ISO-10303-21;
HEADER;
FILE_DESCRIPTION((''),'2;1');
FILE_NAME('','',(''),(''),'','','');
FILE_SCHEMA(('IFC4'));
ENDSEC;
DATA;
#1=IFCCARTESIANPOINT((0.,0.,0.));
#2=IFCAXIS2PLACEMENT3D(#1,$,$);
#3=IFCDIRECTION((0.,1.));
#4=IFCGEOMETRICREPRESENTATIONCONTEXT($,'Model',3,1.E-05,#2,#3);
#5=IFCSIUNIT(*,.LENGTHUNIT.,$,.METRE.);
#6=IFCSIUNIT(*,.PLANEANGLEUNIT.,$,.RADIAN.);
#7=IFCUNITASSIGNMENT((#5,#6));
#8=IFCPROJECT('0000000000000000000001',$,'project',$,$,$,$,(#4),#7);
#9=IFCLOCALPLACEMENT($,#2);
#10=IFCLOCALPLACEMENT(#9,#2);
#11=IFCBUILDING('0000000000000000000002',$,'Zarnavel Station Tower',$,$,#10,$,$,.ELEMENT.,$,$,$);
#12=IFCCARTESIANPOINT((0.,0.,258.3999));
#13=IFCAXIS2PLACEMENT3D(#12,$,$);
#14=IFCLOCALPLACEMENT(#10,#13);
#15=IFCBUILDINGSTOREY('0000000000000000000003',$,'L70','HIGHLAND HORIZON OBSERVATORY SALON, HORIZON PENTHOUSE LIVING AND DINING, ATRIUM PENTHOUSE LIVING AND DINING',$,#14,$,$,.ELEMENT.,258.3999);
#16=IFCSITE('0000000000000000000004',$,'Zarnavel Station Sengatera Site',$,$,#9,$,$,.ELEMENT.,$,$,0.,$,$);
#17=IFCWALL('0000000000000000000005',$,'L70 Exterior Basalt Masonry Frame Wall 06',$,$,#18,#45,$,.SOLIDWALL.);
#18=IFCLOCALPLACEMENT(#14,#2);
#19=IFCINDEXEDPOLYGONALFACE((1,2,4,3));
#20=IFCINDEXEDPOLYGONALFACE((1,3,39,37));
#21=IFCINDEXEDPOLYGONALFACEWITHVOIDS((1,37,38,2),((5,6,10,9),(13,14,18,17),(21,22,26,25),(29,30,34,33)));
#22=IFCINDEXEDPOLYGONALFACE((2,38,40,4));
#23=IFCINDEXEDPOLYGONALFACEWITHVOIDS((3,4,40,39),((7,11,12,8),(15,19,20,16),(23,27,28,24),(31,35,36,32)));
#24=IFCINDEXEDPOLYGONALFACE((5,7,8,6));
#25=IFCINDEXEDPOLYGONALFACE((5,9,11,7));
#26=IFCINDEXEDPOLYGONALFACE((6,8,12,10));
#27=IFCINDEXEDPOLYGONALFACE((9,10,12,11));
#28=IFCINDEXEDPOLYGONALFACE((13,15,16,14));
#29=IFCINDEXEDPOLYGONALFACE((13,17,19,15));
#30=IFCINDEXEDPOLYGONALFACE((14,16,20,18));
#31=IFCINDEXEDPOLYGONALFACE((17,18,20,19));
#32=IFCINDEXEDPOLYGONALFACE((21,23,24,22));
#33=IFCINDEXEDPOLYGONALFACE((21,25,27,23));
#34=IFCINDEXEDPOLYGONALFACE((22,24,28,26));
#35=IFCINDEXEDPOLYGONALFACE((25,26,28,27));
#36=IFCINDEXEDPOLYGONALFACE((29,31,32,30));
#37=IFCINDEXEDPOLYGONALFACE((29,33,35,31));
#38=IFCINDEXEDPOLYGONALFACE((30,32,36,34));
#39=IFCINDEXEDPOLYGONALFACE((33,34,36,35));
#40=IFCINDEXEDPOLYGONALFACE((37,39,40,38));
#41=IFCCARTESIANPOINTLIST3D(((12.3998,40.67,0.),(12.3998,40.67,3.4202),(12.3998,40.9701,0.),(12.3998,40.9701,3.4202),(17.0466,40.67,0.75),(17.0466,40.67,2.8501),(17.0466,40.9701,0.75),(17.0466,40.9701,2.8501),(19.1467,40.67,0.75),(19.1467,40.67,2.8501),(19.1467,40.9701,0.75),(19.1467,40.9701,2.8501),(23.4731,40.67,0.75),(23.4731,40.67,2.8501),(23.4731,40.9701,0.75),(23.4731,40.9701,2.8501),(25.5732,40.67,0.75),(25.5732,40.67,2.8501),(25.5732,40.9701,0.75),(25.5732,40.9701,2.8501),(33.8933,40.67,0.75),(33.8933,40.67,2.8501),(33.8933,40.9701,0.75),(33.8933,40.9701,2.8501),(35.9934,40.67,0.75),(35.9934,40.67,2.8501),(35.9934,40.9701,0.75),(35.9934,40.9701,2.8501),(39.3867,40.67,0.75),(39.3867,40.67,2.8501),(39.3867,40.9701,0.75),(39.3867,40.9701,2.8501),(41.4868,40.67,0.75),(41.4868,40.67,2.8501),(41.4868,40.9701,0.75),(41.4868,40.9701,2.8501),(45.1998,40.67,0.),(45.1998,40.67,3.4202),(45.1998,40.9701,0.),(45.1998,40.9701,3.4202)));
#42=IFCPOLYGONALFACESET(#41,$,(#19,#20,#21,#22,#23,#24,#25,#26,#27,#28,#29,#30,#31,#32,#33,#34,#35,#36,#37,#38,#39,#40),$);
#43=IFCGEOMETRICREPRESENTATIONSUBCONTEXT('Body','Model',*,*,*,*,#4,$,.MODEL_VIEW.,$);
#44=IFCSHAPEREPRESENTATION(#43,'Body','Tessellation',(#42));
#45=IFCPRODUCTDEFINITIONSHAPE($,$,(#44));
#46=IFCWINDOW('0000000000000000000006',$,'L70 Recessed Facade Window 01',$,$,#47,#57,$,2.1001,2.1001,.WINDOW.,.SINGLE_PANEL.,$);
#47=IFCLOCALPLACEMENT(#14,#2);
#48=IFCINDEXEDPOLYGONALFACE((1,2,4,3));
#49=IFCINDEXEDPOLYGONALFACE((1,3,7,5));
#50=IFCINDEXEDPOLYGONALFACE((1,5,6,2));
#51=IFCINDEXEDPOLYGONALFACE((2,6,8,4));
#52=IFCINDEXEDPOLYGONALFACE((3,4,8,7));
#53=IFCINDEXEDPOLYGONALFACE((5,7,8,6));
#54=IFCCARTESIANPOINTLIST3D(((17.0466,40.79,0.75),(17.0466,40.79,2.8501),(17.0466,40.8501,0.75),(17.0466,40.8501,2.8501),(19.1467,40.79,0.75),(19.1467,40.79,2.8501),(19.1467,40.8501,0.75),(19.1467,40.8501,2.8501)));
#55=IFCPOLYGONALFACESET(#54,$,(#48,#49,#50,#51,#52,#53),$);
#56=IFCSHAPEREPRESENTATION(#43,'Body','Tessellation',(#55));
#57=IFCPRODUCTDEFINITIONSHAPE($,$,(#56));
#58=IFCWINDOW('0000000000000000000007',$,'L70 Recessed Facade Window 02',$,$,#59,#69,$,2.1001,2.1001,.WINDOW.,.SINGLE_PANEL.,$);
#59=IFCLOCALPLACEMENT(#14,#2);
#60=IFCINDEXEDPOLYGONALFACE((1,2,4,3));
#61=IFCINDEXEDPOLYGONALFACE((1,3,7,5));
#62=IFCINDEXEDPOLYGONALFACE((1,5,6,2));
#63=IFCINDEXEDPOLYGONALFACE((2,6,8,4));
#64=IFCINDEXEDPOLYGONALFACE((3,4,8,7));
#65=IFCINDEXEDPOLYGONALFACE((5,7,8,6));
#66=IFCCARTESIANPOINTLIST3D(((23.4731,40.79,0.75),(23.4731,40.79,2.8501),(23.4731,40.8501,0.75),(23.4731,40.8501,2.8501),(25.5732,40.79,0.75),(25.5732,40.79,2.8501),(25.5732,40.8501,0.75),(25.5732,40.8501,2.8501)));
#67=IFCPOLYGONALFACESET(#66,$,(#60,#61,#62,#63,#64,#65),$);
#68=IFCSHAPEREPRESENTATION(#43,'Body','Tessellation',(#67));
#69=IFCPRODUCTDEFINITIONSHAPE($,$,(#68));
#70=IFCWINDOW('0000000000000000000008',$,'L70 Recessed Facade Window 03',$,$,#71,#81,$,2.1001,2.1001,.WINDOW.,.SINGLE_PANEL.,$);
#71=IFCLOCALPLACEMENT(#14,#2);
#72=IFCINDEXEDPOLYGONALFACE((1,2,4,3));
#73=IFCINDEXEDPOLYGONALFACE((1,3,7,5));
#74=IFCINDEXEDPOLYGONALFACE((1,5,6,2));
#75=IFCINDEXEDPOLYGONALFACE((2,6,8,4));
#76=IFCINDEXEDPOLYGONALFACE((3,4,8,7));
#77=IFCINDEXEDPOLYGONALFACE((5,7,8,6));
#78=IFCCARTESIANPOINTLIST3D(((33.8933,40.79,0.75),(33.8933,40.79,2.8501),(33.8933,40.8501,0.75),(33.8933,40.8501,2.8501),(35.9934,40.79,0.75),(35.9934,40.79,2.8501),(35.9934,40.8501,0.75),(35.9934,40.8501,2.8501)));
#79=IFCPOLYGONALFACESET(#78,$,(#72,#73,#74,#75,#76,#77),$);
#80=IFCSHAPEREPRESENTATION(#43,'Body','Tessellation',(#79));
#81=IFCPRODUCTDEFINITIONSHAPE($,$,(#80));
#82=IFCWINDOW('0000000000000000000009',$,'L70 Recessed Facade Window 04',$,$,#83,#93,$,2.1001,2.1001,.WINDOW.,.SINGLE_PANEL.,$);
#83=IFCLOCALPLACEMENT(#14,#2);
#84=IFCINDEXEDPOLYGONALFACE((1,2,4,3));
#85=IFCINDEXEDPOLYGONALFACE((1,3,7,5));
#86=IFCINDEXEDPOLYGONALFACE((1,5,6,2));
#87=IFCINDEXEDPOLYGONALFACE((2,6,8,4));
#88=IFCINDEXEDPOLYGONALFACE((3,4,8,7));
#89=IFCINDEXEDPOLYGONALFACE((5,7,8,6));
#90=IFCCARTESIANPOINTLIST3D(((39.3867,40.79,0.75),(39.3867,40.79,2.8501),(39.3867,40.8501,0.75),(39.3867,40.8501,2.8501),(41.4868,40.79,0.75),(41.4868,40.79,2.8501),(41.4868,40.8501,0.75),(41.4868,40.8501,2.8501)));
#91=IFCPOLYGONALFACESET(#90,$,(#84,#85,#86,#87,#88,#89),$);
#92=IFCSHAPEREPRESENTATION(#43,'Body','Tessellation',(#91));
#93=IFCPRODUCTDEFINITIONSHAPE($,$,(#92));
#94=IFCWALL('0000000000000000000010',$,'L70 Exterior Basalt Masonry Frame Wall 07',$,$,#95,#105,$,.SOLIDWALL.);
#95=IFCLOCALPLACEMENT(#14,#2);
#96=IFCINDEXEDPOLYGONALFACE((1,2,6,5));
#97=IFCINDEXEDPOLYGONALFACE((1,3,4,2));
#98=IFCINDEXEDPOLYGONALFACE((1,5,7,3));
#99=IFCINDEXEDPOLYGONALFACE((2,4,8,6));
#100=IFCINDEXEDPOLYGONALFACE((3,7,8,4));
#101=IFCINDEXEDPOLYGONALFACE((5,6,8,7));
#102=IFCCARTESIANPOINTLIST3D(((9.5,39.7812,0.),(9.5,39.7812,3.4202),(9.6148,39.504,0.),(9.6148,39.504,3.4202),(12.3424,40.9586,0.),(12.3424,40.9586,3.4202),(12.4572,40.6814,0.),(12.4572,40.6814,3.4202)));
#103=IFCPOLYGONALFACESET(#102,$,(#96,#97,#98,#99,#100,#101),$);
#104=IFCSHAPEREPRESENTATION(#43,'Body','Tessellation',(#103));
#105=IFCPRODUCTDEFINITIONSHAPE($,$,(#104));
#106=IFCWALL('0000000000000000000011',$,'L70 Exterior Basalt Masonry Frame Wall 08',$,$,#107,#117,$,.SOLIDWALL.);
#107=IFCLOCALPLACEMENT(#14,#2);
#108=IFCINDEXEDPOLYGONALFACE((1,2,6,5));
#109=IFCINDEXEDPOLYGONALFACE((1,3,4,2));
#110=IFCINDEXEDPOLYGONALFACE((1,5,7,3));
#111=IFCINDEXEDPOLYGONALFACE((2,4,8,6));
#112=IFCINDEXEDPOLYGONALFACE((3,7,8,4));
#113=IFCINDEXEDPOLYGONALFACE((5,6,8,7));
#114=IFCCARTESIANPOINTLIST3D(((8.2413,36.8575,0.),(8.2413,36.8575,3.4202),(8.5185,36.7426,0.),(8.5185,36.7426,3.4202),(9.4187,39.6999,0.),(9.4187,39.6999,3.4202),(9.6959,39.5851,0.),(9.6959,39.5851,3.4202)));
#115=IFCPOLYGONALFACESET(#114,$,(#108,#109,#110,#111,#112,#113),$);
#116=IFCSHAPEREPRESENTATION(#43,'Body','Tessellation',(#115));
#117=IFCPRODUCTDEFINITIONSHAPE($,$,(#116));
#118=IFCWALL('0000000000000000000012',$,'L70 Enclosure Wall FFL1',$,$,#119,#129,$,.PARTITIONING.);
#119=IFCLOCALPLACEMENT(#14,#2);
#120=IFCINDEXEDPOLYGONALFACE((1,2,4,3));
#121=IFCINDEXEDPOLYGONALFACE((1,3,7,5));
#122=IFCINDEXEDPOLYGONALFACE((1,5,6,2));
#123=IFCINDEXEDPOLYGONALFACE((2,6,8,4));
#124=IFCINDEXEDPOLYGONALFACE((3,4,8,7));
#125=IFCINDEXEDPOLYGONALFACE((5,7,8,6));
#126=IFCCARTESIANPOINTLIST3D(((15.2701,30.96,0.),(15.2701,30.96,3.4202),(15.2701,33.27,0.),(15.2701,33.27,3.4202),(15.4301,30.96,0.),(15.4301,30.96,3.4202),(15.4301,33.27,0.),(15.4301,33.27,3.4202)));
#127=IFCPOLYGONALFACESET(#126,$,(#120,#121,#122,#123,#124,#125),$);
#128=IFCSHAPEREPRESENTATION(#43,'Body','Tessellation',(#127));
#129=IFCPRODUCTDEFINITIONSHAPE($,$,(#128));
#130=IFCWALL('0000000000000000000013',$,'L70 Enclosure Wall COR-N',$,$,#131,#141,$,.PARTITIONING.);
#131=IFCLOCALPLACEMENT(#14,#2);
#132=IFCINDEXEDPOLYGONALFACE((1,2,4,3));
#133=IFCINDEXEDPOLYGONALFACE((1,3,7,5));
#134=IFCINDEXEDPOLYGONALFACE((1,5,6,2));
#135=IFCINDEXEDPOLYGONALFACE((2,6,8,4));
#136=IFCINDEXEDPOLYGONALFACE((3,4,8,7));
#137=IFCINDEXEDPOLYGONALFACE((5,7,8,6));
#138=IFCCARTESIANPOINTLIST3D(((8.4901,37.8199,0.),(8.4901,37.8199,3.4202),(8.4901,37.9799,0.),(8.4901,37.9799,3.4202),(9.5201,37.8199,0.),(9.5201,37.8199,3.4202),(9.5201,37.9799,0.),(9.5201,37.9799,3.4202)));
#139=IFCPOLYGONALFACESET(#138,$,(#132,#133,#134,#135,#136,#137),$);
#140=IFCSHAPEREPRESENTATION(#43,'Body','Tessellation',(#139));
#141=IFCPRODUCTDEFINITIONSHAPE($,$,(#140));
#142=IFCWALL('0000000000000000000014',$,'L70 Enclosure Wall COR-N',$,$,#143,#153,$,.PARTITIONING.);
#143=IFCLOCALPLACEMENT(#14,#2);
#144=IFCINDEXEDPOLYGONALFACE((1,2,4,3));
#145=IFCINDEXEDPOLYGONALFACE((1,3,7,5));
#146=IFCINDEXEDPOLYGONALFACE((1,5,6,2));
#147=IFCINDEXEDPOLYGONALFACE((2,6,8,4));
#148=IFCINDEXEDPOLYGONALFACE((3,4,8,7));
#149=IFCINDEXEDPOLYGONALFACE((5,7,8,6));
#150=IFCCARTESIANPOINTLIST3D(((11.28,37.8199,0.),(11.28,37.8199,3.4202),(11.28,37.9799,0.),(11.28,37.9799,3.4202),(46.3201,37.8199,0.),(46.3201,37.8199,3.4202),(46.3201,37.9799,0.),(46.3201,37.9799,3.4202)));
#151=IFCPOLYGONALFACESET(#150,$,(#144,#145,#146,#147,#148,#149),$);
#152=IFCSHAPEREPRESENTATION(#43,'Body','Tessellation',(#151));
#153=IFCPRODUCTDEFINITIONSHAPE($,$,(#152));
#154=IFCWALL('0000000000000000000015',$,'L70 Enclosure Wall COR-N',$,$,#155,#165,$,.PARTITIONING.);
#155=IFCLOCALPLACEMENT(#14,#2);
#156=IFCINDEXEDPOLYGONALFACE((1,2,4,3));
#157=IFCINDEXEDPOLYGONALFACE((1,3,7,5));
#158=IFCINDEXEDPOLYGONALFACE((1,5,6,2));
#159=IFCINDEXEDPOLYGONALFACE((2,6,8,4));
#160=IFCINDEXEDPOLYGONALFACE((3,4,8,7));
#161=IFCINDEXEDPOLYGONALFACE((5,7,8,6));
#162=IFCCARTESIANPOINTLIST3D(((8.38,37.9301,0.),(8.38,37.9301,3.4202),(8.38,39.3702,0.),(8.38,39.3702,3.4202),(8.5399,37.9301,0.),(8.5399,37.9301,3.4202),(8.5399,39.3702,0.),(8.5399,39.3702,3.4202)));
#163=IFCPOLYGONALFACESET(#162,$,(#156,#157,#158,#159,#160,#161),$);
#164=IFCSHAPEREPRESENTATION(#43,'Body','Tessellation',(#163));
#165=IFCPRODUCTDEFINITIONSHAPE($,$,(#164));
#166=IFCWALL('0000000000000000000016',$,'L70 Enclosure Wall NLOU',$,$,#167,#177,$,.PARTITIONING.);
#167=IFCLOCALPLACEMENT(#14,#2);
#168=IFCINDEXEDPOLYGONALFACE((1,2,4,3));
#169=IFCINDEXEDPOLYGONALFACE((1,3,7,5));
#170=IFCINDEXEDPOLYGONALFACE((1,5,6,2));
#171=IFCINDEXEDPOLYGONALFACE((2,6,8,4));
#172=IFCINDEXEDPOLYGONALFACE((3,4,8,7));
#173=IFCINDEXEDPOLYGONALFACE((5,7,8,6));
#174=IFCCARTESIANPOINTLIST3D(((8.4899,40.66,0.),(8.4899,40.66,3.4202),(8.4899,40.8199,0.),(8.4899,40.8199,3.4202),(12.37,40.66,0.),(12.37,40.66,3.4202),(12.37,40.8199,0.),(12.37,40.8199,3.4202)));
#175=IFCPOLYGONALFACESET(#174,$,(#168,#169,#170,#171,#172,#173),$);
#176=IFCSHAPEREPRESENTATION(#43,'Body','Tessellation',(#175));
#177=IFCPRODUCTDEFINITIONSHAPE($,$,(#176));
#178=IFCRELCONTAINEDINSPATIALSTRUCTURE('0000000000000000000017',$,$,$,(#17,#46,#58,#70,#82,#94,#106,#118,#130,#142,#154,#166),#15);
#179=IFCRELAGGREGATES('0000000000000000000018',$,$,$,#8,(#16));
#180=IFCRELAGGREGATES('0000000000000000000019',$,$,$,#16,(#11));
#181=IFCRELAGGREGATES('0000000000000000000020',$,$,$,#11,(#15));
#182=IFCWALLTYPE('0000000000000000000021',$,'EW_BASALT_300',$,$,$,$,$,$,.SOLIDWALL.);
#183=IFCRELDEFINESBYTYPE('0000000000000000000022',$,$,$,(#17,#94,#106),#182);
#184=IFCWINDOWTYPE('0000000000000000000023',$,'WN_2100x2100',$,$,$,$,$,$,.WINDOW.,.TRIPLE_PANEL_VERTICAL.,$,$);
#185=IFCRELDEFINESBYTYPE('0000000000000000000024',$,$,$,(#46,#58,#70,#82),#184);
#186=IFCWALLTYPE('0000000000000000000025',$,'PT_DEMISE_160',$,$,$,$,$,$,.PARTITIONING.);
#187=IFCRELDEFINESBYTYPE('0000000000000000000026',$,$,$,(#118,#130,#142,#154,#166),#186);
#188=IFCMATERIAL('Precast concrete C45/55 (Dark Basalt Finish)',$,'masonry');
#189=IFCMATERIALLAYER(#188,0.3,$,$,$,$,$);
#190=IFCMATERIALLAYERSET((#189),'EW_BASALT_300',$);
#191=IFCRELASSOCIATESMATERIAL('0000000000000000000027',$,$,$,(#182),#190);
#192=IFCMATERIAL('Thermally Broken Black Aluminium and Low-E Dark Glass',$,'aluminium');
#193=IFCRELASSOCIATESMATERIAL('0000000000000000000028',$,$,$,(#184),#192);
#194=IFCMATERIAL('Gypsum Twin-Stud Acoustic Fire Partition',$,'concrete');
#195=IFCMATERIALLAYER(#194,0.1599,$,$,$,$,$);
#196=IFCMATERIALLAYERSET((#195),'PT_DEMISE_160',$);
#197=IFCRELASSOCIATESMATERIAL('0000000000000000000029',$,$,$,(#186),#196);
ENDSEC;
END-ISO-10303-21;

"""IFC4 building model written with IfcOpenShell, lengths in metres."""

from ifc_helpers import new_model, si_unit, direction, frame, frame_2d, origin, place, context, subcontext, project, spatial, rectangle, extrude, material, layer, layer_set, type_object, element, fill, save


model = new_model("IFC4")

# Units and contexts
model_context = context("Model", 3, precision=1e-05, world=origin(), true_north=direction((0.0, 1.0)))
body_context = subcontext(model_context, "Body", "Model", "MODEL_VIEW")
ifc_project = project(units=[si_unit("LENGTHUNIT", "METRE"), si_unit("PLANEANGLEUNIT", "RADIAN")], contexts=[model_context])

# Site, building, storey
site_placement = place(None, origin())
site = spatial("IfcSite", under=ifc_project, at=site_placement, Name="Zarnavel Station Sengatera Site", CompositionType="ELEMENT", RefElevation=0.0)
building_placement = place(site_placement, origin())
building = spatial("IfcBuilding", under=site, at=building_placement, Name="Zarnavel Station Tower", CompositionType="ELEMENT")
storey_placement = place(building_placement, frame((0.0, 0.0, 258.3999)))
storey = spatial("IfcBuildingStorey", under=building, at=storey_placement, Name="L70", Description="HIGHLAND HORIZON OBSERVATORY SALON, HORIZON PENTHOUSE LIVING AND DINING, ATRIUM PENTHOUSE LIVING AND DINING", CompositionType="ELEMENT", Elevation=258.3999)

# Wall, openings, windows
ifc_material_1 = material(Name="Precast concrete C45/55 (Dark Basalt Finish)", Category="masonry")
ifc_layer_1 = layer(ifc_material_1, 0.3)
ifc_layer_set_1 = layer_set([ifc_layer_1], Name="EW_BASALT_300")
wall_type_1 = type_object("IfcWallType", Name="EW_BASALT_300", PredefinedType="SOLIDWALL", material=ifc_layer_set_1)
wall_1_placement = place(storey_placement, frame((12.3999, 40.8201, 0.0), z_axis=(0.0, 0.0, 1.0), x_axis=(1.0, 0.0, 0.0)))
wall_1 = element("IfcWall", 1, at=wall_1_placement, inside=storey, type_object=wall_type_1, Name="L70 Exterior Basalt Masonry Frame Wall 06", PredefinedType="SOLIDWALL", context=body_context, shape_type="SweptSolid", body=[
    extrude(rectangle(XDim=32.8, YDim=0.3, at=frame_2d((16.3999, 0.0))), origin(), (0.0, 0.0, 1.0), 3.4202),
])
opening_1_placement = place(wall_1_placement, frame((4.6467, 0.0, 0.75)))
opening_1 = element("IfcOpeningElement", 2, at=opening_1_placement, cuts=wall_1, PredefinedType="OPENING", context=body_context, shape_type="SweptSolid", body=[
    extrude(rectangle(XDim=2.1001, YDim=2.1001, at=frame_2d((1.05, 1.05))), frame((0.0, 0.1599, 0.0), z_axis=(0.0, -1.0, 0.0), x_axis=(1.0, 0.0, 0.0)), (0.0, 0.0, 1.0), 0.3201),
])
opening_2_placement = place(wall_1_placement, frame((11.0732, 0.0, 0.75)))
opening_2 = element("IfcOpeningElement", 3, at=opening_2_placement, cuts=wall_1, PredefinedType="OPENING", context=body_context, shape_type="SweptSolid", body=[
    extrude(rectangle(XDim=2.1001, YDim=2.1001, at=frame_2d((1.05, 1.05))), frame((0.0, 0.1599, 0.0), z_axis=(0.0, -1.0, 0.0), x_axis=(1.0, 0.0, 0.0)), (0.0, 0.0, 1.0), 0.3201),
])
opening_3_placement = place(wall_1_placement, frame((21.4934, 0.0, 0.75)))
opening_3 = element("IfcOpeningElement", 4, at=opening_3_placement, cuts=wall_1, PredefinedType="OPENING", context=body_context, shape_type="SweptSolid", body=[
    extrude(rectangle(XDim=2.1001, YDim=2.1001, at=frame_2d((1.05, 1.05))), frame((0.0, 0.1599, 0.0), z_axis=(0.0, -1.0, 0.0), x_axis=(1.0, 0.0, 0.0)), (0.0, 0.0, 1.0), 0.3201),
])
opening_4_placement = place(wall_1_placement, frame((26.9868, 0.0, 0.75)))
opening_4 = element("IfcOpeningElement", 5, at=opening_4_placement, cuts=wall_1, PredefinedType="OPENING", context=body_context, shape_type="SweptSolid", body=[
    extrude(rectangle(XDim=2.1001, YDim=2.1001, at=frame_2d((1.05, 1.05))), frame((0.0, 0.1599, 0.0), z_axis=(0.0, -1.0, 0.0), x_axis=(1.0, 0.0, 0.0)), (0.0, 0.0, 1.0), 0.3201),
])
ifc_material_2 = material(Name="Thermally Broken Black Aluminium and Low-E Dark Glass", Category="aluminium")
window_type = type_object("IfcWindowType", Name="WN_2100x2100", PartitioningType="TRIPLE_PANEL_VERTICAL", PredefinedType="WINDOW", material=ifc_material_2)
window_1_placement = place(opening_1_placement, origin())
window_1 = element("IfcWindow", 6, at=window_1_placement, inside=storey, type_object=window_type, Name="L70 Recessed Facade Window 01", OverallHeight=2.1001, OverallWidth=2.1001, PartitioningType="SINGLE_PANEL", PredefinedType="WINDOW", context=body_context, shape_type="SweptSolid", body=[
    extrude(rectangle(XDim=2.1001, YDim=2.1001, at=frame_2d((1.05, 1.05))), frame((0.0, 0.03, 0.0), z_axis=(0.0, -1.0, 0.0), x_axis=(1.0, 0.0, 0.0)), (0.0, 0.0, 1.0), 0.0601),
])
fill(opening_1, window_1)
window_2_placement = place(opening_2_placement, origin())
window_2 = element("IfcWindow", 7, at=window_2_placement, inside=storey, type_object=window_type, Name="L70 Recessed Facade Window 02", OverallHeight=2.1001, OverallWidth=2.1001, PartitioningType="SINGLE_PANEL", PredefinedType="WINDOW", context=body_context, shape_type="SweptSolid", body=[
    extrude(rectangle(XDim=2.1001, YDim=2.1001, at=frame_2d((1.05, 1.05))), frame((0.0, 0.03, 0.0), z_axis=(0.0, -1.0, 0.0), x_axis=(1.0, 0.0, 0.0)), (0.0, 0.0, 1.0), 0.0601),
])
fill(opening_2, window_2)
window_3_placement = place(opening_3_placement, origin())
window_3 = element("IfcWindow", 8, at=window_3_placement, inside=storey, type_object=window_type, Name="L70 Recessed Facade Window 03", OverallHeight=2.1001, OverallWidth=2.1001, PartitioningType="SINGLE_PANEL", PredefinedType="WINDOW", context=body_context, shape_type="SweptSolid", body=[
    extrude(rectangle(XDim=2.1001, YDim=2.1001, at=frame_2d((1.05, 1.05))), frame((0.0, 0.03, 0.0), z_axis=(0.0, -1.0, 0.0), x_axis=(1.0, 0.0, 0.0)), (0.0, 0.0, 1.0), 0.0601),
])
fill(opening_3, window_3)
window_4_placement = place(opening_4_placement, origin())
window_4 = element("IfcWindow", 9, at=window_4_placement, inside=storey, type_object=window_type, Name="L70 Recessed Facade Window 04", OverallHeight=2.1001, OverallWidth=2.1001, PartitioningType="SINGLE_PANEL", PredefinedType="WINDOW", context=body_context, shape_type="SweptSolid", body=[
    extrude(rectangle(XDim=2.1001, YDim=2.1001, at=frame_2d((1.05, 1.05))), frame((0.0, 0.03, 0.0), z_axis=(0.0, -1.0, 0.0), x_axis=(1.0, 0.0, 0.0)), (0.0, 0.0, 1.0), 0.0601),
])
fill(opening_4, window_4)

# Walls
for number, where, z_axis, x_axis, name in (
    (10, (9.5574, 39.6426, 0.0), (0.0, 0.0, 1.0), (0.923871, 0.382705, 0.0), "L70 Exterior Basalt Masonry Frame Wall 07"),
    (11, (8.3799, 36.8, 0.0), (0.0, 0.0, 1.0), (0.382705, 0.923871, 0.0), "L70 Exterior Basalt Masonry Frame Wall 08"),
):
    element("IfcWall", number, at=place(storey_placement, frame(where, z_axis=z_axis, x_axis=x_axis)), inside=storey, type_object=wall_type_1, Name=name, PredefinedType="SOLIDWALL", context=body_context, shape_type="SweptSolid", body=[
        extrude(rectangle(XDim=3.0767, YDim=0.3, at=frame_2d((1.5383, 0.0))), origin(), (0.0, 0.0, 1.0), 3.4202),
    ])
ifc_material_3 = material(Name="Gypsum Twin-Stud Acoustic Fire Partition", Category="concrete")
ifc_layer_2 = layer(ifc_material_3, 0.1599)
ifc_layer_set_2 = layer_set([ifc_layer_2], Name="PT_DEMISE_160")
wall_type_2 = type_object("IfcWallType", Name="PT_DEMISE_160", PredefinedType="PARTITIONING", material=ifc_layer_set_2)
wall_2_placement = place(storey_placement, frame((15.3501, 30.96, 0.0), z_axis=(0.0, 0.0, 1.0), x_axis=(0.0, 1.0, 0.0)))
element("IfcWall", 12, at=wall_2_placement, inside=storey, type_object=wall_type_2, Name="L70 Enclosure Wall FFL1", PredefinedType="PARTITIONING", context=body_context, shape_type="SweptSolid", body=[
    extrude(rectangle(XDim=2.3101, YDim=0.1599, at=frame_2d((1.155, 0.0))), origin(), (0.0, 0.0, 1.0), 3.4202),
])
wall_3_placement = place(storey_placement, frame((8.49, 37.8999, 0.0), z_axis=(0.0, 0.0, 1.0), x_axis=(1.0, 0.0, 0.0)))
element("IfcWall", 13, at=wall_3_placement, inside=storey, type_object=wall_type_2, Name="L70 Enclosure Wall COR-N", PredefinedType="PARTITIONING", context=body_context, shape_type="SweptSolid", body=[
    extrude(rectangle(XDim=1.03, YDim=0.1599, at=frame_2d((0.5151, 0.0))), origin(), (0.0, 0.0, 1.0), 3.4202),
])
wall_4_placement = place(storey_placement, frame((11.28, 37.8999, 0.0), z_axis=(0.0, 0.0, 1.0), x_axis=(1.0, 0.0, 0.0)))
element("IfcWall", 14, at=wall_4_placement, inside=storey, type_object=wall_type_2, Name="L70 Enclosure Wall COR-N", PredefinedType="PARTITIONING", context=body_context, shape_type="SweptSolid", body=[
    extrude(rectangle(XDim=35.04, YDim=0.1599, at=frame_2d((17.52, 0.0))), origin(), (0.0, 0.0, 1.0), 3.4202),
])
wall_5_placement = place(storey_placement, frame((8.46, 37.9299, 0.0), z_axis=(0.0, 0.0, 1.0), x_axis=(0.0, 1.0, 0.0)))
element("IfcWall", 15, at=wall_5_placement, inside=storey, type_object=wall_type_2, Name="L70 Enclosure Wall COR-N", PredefinedType="PARTITIONING", context=body_context, shape_type="SweptSolid", body=[
    extrude(rectangle(XDim=1.4402, YDim=0.1599, at=frame_2d((0.7202, 0.0))), origin(), (0.0, 0.0, 1.0), 3.4202),
])
wall_6_placement = place(storey_placement, frame((8.49, 40.74, 0.0), z_axis=(0.0, 0.0, 1.0), x_axis=(1.0, 0.0, 0.0)))
element("IfcWall", 16, at=wall_6_placement, inside=storey, type_object=wall_type_2, Name="L70 Enclosure Wall NLOU", PredefinedType="PARTITIONING", context=body_context, shape_type="SweptSolid", body=[
    extrude(rectangle(XDim=3.8801, YDim=0.1599, at=frame_2d((1.9399, 0.0))), origin(), (0.0, 0.0, 1.0), 3.4202),
])

save(model, "model.ifc")
